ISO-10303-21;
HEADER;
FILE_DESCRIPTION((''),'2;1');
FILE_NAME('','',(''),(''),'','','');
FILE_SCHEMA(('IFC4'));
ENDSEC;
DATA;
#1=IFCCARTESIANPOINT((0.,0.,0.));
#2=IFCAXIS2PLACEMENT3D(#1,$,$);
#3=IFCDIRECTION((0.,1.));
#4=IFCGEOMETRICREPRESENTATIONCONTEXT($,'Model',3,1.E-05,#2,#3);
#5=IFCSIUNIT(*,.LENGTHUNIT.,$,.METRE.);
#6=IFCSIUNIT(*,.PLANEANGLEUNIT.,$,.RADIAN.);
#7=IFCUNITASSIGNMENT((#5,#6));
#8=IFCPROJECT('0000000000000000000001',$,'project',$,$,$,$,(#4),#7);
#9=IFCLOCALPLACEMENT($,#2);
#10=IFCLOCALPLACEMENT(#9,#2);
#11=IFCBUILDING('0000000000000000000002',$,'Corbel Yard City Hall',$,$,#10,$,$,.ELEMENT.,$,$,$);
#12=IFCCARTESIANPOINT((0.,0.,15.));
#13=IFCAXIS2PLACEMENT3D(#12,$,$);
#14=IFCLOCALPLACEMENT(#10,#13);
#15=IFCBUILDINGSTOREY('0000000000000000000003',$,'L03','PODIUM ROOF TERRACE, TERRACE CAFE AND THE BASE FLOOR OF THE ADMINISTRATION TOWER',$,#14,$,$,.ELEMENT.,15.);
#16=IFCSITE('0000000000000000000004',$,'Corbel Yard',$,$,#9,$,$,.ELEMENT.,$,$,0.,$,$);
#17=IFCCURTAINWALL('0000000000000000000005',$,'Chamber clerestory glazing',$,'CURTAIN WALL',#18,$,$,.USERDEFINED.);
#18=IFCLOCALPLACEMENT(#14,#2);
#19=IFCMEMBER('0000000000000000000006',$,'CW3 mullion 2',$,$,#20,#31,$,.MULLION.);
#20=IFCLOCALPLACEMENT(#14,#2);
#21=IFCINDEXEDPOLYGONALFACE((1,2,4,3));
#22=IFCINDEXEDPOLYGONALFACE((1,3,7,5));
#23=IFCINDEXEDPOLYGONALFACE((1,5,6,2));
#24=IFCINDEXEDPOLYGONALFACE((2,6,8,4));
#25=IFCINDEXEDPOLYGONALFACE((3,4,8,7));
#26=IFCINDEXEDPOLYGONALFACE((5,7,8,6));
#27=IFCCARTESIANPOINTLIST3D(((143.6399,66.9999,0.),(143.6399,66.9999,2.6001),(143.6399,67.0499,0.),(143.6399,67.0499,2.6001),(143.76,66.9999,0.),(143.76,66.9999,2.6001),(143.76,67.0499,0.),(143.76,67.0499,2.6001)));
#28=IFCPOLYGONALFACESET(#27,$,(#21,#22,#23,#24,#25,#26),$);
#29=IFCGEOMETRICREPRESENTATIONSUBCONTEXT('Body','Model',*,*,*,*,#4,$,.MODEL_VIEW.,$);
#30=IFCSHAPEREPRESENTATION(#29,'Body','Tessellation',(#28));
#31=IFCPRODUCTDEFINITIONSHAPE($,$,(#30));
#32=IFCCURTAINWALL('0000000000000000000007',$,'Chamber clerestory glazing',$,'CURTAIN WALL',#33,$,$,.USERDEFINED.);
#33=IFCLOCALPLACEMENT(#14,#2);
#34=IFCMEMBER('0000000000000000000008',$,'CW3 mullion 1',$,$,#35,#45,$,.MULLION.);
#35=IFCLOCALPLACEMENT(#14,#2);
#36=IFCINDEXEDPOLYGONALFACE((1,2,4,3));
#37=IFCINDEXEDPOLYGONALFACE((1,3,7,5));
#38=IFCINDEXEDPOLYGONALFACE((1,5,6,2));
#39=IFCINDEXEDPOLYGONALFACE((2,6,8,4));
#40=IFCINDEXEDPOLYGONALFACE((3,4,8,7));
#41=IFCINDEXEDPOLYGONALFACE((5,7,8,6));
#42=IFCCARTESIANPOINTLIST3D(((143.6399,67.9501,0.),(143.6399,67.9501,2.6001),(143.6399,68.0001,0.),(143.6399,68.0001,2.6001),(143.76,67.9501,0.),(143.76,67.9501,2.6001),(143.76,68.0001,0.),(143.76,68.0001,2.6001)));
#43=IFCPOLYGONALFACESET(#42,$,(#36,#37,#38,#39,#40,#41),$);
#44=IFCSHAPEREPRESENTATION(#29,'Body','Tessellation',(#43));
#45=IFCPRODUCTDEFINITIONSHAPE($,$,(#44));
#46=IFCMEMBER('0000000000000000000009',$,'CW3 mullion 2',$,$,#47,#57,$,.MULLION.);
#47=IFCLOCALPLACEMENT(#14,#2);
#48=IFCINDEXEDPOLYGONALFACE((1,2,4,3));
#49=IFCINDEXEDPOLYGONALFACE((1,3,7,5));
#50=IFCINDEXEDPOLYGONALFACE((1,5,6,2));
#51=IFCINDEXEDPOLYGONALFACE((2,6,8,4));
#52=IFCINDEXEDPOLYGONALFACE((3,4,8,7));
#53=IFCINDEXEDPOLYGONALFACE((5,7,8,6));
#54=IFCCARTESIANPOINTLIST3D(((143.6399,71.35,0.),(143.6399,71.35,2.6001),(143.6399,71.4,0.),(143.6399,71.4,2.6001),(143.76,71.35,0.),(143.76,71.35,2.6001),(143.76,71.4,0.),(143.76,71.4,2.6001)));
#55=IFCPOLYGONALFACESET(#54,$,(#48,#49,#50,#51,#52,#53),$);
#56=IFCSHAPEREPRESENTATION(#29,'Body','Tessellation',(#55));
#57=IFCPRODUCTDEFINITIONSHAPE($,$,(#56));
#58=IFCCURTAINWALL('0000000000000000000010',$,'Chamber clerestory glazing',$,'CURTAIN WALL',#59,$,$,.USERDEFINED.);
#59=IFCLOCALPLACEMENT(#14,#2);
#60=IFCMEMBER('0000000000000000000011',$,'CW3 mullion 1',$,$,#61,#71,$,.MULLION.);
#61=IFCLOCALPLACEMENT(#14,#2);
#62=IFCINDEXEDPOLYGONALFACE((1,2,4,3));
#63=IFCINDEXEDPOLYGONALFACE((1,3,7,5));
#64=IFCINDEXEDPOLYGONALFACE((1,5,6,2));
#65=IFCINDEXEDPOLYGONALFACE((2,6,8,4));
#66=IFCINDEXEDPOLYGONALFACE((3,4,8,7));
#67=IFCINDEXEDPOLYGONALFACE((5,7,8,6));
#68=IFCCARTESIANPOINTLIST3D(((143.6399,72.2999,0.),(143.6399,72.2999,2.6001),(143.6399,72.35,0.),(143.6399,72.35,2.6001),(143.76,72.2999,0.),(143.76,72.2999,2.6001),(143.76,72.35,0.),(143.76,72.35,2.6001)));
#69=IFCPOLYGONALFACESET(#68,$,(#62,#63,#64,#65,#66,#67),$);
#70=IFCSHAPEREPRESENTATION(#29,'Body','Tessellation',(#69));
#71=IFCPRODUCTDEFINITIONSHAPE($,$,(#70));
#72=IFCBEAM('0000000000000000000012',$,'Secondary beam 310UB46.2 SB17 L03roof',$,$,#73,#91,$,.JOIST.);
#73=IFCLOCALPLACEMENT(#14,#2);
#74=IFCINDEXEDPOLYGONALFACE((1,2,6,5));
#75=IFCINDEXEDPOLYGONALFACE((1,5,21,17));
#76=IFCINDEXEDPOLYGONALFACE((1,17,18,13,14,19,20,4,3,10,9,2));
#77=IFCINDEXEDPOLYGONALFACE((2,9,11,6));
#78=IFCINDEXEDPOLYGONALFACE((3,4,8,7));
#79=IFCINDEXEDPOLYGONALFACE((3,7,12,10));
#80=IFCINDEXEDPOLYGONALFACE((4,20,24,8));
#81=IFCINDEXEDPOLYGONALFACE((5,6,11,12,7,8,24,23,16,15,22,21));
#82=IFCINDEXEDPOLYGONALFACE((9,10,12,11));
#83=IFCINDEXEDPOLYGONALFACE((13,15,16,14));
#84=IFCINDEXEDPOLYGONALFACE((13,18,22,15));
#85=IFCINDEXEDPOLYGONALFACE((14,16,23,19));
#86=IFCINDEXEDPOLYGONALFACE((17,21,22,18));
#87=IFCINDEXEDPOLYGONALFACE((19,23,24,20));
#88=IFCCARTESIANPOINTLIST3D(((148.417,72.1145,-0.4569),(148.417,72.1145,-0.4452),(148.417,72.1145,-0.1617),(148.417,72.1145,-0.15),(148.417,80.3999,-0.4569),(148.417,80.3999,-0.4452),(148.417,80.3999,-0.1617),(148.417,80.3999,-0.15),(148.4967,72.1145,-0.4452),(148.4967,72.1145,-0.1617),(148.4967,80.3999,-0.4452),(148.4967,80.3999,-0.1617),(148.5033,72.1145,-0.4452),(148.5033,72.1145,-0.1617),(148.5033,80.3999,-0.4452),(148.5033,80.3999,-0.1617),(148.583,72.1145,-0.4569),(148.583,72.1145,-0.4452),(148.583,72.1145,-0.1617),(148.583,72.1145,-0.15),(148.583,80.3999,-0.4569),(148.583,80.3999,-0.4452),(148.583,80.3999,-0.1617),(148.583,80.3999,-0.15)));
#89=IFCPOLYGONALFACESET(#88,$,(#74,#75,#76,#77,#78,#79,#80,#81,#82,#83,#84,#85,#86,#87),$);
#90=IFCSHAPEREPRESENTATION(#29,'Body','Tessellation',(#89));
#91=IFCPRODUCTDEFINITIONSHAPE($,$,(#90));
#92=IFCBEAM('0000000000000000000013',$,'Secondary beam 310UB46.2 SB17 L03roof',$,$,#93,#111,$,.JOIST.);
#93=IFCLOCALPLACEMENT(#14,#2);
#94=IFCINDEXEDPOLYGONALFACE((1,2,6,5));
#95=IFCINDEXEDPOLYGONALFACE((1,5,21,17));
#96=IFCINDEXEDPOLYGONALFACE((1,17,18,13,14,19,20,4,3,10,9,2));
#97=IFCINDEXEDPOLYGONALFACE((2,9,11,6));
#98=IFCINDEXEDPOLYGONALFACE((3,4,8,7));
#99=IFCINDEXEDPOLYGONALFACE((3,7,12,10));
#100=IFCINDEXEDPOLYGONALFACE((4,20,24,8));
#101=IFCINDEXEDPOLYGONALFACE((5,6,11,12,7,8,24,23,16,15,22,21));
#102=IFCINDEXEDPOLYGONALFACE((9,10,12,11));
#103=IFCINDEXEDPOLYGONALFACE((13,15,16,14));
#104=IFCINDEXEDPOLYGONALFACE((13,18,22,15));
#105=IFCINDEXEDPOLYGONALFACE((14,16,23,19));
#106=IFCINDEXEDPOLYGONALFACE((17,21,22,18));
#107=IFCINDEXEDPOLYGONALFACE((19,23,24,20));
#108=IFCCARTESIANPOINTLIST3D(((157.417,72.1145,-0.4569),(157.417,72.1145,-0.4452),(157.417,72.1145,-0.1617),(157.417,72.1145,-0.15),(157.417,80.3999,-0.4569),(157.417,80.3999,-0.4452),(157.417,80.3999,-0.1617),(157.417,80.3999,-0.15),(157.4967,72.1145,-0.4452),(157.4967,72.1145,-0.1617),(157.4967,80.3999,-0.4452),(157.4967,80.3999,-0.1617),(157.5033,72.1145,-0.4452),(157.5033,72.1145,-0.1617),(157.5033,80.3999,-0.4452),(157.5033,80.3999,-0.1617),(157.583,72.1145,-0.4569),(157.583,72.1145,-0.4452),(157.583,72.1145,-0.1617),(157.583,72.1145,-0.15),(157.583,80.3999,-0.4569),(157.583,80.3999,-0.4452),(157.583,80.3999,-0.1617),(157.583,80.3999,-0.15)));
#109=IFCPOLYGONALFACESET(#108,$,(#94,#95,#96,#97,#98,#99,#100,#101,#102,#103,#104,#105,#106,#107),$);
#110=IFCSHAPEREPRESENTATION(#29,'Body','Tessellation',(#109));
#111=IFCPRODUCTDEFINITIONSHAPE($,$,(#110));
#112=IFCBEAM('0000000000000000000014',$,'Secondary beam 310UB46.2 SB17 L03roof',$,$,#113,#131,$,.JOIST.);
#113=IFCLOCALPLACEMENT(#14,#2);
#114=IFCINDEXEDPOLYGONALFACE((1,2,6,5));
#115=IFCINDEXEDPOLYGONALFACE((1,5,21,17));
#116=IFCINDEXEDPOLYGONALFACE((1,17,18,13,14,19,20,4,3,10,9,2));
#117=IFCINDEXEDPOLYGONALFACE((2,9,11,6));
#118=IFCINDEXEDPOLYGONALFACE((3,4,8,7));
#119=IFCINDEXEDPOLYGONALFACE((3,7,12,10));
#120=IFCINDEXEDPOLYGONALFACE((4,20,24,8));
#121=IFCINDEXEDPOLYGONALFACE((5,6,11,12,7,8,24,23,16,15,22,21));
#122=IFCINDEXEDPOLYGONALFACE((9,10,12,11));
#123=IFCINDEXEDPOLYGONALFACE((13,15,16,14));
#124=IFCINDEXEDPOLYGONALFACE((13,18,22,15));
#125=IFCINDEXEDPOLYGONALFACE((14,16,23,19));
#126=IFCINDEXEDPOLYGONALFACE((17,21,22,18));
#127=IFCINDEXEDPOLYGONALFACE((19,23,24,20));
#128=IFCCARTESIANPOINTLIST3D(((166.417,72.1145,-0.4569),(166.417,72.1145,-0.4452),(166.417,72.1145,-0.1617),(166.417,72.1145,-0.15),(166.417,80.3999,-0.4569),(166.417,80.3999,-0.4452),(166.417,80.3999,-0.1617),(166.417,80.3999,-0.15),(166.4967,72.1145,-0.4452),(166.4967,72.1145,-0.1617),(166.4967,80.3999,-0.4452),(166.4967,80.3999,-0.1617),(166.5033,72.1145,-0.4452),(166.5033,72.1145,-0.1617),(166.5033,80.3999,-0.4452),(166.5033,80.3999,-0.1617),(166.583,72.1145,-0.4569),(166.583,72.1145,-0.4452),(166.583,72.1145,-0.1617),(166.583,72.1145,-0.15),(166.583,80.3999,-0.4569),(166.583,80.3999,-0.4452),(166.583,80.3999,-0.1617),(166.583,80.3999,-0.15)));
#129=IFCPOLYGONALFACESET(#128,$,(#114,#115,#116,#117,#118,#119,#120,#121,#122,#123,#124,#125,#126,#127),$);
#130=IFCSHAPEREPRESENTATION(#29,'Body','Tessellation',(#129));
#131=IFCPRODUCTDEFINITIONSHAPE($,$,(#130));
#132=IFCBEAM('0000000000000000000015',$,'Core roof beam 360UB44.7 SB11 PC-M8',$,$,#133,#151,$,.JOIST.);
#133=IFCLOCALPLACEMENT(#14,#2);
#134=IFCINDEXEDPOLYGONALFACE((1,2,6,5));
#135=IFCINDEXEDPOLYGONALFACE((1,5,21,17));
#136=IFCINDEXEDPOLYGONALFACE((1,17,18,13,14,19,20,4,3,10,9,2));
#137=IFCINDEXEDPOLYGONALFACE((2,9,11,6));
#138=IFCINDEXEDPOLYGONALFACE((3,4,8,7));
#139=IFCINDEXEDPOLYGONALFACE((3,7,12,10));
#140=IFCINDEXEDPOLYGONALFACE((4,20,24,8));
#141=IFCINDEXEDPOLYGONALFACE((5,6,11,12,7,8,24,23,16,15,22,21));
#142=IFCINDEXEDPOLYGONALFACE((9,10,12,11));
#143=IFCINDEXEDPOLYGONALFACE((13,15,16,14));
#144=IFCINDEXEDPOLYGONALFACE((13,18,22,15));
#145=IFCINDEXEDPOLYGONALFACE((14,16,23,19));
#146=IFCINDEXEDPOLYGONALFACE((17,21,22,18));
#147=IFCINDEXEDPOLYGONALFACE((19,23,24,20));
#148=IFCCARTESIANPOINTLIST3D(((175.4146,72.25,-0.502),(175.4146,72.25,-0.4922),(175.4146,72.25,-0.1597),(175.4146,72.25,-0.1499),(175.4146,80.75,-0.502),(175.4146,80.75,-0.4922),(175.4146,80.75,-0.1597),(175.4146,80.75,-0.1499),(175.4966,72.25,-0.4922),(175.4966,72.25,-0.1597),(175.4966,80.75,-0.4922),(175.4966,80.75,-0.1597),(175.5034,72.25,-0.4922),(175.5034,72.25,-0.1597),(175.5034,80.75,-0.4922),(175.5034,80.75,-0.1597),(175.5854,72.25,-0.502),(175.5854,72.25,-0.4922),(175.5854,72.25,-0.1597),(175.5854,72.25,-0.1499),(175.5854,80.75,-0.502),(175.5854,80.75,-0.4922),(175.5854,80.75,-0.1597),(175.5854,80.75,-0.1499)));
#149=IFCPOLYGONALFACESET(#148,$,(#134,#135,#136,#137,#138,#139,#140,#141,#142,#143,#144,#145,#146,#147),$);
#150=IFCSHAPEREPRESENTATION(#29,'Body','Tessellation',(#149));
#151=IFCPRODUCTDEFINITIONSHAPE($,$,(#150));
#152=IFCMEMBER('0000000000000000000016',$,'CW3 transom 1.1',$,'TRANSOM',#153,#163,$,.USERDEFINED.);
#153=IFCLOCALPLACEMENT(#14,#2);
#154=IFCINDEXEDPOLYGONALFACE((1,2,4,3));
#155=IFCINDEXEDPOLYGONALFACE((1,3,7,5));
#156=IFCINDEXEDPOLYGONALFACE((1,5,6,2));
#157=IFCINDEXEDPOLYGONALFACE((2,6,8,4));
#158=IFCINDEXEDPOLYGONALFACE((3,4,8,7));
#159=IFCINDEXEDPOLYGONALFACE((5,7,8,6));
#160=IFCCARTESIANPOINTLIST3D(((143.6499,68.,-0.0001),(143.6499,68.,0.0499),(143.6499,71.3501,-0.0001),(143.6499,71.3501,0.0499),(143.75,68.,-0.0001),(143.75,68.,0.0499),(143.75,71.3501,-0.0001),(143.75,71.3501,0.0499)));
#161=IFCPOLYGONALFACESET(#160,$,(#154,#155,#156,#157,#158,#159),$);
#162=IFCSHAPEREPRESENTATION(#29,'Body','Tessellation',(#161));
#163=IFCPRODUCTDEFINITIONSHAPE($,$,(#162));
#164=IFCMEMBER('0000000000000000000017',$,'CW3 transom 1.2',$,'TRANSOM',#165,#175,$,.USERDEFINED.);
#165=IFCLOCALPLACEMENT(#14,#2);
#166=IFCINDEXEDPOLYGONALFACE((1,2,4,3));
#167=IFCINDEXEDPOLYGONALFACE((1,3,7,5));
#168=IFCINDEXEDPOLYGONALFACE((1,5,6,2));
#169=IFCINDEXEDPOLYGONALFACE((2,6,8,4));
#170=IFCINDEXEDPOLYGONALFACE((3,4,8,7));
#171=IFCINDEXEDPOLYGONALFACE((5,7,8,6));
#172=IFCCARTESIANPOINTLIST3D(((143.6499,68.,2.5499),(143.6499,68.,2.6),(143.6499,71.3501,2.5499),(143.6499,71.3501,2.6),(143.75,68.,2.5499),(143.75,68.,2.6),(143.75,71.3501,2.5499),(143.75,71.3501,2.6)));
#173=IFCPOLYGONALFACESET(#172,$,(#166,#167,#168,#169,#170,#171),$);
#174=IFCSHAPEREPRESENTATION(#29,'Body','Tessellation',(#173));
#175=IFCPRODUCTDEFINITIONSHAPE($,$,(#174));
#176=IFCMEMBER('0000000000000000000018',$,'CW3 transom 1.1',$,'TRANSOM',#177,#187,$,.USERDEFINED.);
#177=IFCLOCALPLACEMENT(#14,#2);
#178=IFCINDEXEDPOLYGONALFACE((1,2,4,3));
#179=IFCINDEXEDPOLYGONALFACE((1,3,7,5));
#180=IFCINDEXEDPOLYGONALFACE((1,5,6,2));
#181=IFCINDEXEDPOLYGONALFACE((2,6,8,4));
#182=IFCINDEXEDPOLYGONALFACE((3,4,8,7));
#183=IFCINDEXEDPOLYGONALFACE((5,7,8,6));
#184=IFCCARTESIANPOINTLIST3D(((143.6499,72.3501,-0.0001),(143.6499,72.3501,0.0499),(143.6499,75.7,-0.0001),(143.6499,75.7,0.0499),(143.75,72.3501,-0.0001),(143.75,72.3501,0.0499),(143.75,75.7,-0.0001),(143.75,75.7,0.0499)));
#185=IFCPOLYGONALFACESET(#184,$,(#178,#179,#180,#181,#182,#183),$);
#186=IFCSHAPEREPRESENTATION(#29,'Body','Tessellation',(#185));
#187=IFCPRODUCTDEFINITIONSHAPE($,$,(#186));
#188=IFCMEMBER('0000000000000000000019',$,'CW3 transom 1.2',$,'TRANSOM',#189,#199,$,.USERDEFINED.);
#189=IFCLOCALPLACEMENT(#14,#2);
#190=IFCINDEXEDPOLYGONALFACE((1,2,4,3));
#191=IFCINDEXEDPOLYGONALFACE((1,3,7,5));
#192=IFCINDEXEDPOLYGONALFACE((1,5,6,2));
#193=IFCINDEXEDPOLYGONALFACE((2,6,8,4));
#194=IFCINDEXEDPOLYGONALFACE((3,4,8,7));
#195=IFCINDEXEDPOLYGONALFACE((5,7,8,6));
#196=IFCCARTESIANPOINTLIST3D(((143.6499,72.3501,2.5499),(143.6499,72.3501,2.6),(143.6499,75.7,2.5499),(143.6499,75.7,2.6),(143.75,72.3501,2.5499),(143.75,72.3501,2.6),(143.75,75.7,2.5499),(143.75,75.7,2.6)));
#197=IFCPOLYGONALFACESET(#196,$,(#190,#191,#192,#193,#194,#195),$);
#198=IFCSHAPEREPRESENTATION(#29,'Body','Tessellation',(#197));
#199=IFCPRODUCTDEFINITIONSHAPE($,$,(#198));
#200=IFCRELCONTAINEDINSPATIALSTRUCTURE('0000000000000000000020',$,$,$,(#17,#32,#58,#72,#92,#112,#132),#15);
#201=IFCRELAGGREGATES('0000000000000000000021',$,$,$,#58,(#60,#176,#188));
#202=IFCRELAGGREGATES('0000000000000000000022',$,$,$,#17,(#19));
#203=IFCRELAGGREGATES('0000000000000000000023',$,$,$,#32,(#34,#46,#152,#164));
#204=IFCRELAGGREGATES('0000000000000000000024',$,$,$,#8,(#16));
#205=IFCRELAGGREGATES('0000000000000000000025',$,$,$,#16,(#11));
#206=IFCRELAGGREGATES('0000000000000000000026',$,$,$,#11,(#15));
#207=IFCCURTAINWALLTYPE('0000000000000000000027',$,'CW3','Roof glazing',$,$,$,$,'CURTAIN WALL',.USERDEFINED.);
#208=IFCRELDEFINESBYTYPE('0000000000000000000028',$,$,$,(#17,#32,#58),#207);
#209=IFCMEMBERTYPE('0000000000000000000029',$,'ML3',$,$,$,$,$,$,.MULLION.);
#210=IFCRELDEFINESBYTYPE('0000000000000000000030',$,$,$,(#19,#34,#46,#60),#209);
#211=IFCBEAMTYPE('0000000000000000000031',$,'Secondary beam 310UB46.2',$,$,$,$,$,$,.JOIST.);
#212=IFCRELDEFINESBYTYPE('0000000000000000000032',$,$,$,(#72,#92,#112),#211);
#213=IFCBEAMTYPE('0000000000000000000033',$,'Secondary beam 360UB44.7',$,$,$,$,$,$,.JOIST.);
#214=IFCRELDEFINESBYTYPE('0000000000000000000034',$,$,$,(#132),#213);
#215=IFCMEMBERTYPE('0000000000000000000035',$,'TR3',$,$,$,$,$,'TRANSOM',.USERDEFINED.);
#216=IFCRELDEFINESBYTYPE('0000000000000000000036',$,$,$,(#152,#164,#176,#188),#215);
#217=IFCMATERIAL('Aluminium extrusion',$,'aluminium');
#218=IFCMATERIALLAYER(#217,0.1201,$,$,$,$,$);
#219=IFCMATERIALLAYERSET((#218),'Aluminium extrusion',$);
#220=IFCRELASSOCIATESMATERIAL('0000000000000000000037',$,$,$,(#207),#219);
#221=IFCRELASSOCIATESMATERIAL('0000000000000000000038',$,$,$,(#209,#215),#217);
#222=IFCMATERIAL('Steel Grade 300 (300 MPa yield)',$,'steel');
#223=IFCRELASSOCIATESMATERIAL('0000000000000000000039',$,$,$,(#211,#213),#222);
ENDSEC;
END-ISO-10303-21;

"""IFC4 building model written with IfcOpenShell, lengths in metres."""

from ifc_helpers import new_model, si_unit, direction, frame, origin, origin_2d, place, context, subcontext, project, spatial, rectangle, i_section, extrude, material, layer, layer_set, material_profile, profile_set, type_object, element, aggregate, save


model = new_model("IFC4")

# Units and contexts
model_context = context("Model", 3, precision=1e-05, world=origin(), true_north=direction((0.0, 1.0)))
body_context = subcontext(model_context, "Body", "Model", "MODEL_VIEW")
ifc_project = project(units=[si_unit("LENGTHUNIT", "METRE"), si_unit("PLANEANGLEUNIT", "RADIAN")], contexts=[model_context])

# Site, building, storey
site_placement = place(None, origin())
site = spatial("IfcSite", under=ifc_project, at=site_placement, Name="Corbel Yard", CompositionType="ELEMENT", RefElevation=0.0)
building_placement = place(site_placement, origin())
building = spatial("IfcBuilding", under=site, at=building_placement, Name="Corbel Yard City Hall", CompositionType="ELEMENT")
storey_placement = place(building_placement, frame((0.0, 0.0, 15.0)))
storey = spatial("IfcBuildingStorey", under=building, at=storey_placement, Name="L03", Description="PODIUM ROOF TERRACE, TERRACE CAFE AND THE BASE FLOOR OF THE ADMINISTRATION TOWER", CompositionType="ELEMENT", Elevation=15.0)

# Shared definitions
ifc_material_1 = material(Name="Steel Grade 300 (300 MPa yield)", Category="steel")

# Curtain wall, member
ifc_material_2 = material(Name="Aluminium extrusion", Category="aluminium")
ifc_layer_1 = layer(ifc_material_2, 0.1201)
ifc_layer_set_1 = layer_set([ifc_layer_1], Name="Aluminium extrusion")
curtain_wall_type = type_object("IfcCurtainWallType", Name="CW3", Description="Roof glazing", ElementType="CURTAIN WALL", PredefinedType="USERDEFINED", material=ifc_layer_set_1)
curtain_wall_1_placement = place(storey_placement, origin())
curtain_wall_1 = element("IfcCurtainWall", 1, at=curtain_wall_1_placement, inside=storey, type_object=curtain_wall_type, Name="Chamber clerestory glazing", ObjectType="CURTAIN WALL", PredefinedType="USERDEFINED")
ifc_material_profile_1 = material_profile(ifc_material_2, rectangle(XDim=0.1201, YDim=0.05, at=origin_2d()), Name="120x50")
ifc_profile_set_1 = profile_set([ifc_material_profile_1], Name="Aluminium extrusion")
member_type_1 = type_object("IfcMemberType", Name="ML3", PredefinedType="MULLION", material=ifc_profile_set_1)
member_1_placement = place(storey_placement, frame((143.7, 67.0249, 0.0), z_axis=(0.0, 0.0, 1.0), x_axis=(-1.0, 0.0, 0.0)))
member_1 = element("IfcMember", 2, at=member_1_placement, type_object=member_type_1, Name="CW3 mullion 2", PredefinedType="MULLION", context=body_context, shape_type="SweptSolid", body=[
    extrude(rectangle(XDim=0.1201, YDim=0.05, at=origin_2d()), origin(), (0.0, 0.0, 1.0), 2.6001),
])

# Curtain wall, members
curtain_wall_2_placement = place(storey_placement, origin())
curtain_wall_2 = element("IfcCurtainWall", 3, at=curtain_wall_2_placement, inside=storey, type_object=curtain_wall_type, Name="Chamber clerestory glazing", ObjectType="CURTAIN WALL", PredefinedType="USERDEFINED")
member_2_placement = place(storey_placement, frame((143.7, 67.9751, 0.0), z_axis=(0.0, 0.0, 1.0), x_axis=(-1.0, 0.0, 0.0)))
member_2 = element("IfcMember", 4, at=member_2_placement, type_object=member_type_1, Name="CW3 mullion 1", PredefinedType="MULLION", context=body_context, shape_type="SweptSolid", body=[
    extrude(rectangle(XDim=0.1201, YDim=0.05, at=origin_2d()), origin(), (0.0, 0.0, 1.0), 2.6001),
])
member_3_placement = place(storey_placement, frame((143.7, 71.375, 0.0), z_axis=(0.0, 0.0, 1.0), x_axis=(-1.0, 0.0, 0.0)))
member_3 = element("IfcMember", 5, at=member_3_placement, type_object=member_type_1, Name="CW3 mullion 2", PredefinedType="MULLION", context=body_context, shape_type="SweptSolid", body=[
    extrude(rectangle(XDim=0.1201, YDim=0.05, at=origin_2d()), origin(), (0.0, 0.0, 1.0), 2.6001),
])

# Curtain wall, member
curtain_wall_3_placement = place(storey_placement, origin())
curtain_wall_3 = element("IfcCurtainWall", 6, at=curtain_wall_3_placement, inside=storey, type_object=curtain_wall_type, Name="Chamber clerestory glazing", ObjectType="CURTAIN WALL", PredefinedType="USERDEFINED")
member_4_placement = place(storey_placement, frame((143.7, 72.325, 0.0), z_axis=(0.0, 0.0, 1.0), x_axis=(-1.0, 0.0, 0.0)))
member_4 = element("IfcMember", 7, at=member_4_placement, type_object=member_type_1, Name="CW3 mullion 1", PredefinedType="MULLION", context=body_context, shape_type="SweptSolid", body=[
    extrude(rectangle(XDim=0.1201, YDim=0.05, at=origin_2d()), origin(), (0.0, 0.0, 1.0), 2.6001),
])

# Beams
ifc_material_profile_2 = material_profile(ifc_material_1, i_section(OverallWidth=0.166, OverallDepth=0.3069, WebThickness=0.0066, FlangeThickness=0.0117, at=origin_2d()), Name="310UB46.2")
ifc_profile_set_2 = profile_set([ifc_material_profile_2], Name="Steel Grade 300 (300 MPa yield)")
beam_type_1 = type_object("IfcBeamType", Name="Secondary beam 310UB46.2", PredefinedType="JOIST", material=ifc_profile_set_2)
for number, where, z_axis, x_axis, name in (
    (8, (148.5, 72.1145, -0.3035), (0.0, 1.0, 0.0), (-1.0, 0.0, 0.0), "Secondary beam 310UB46.2 SB17 L03roof"),
    (9, (157.5, 72.1145, -0.3035), (0.0, 1.0, 0.0), (-1.0, 0.0, 0.0), "Secondary beam 310UB46.2 SB17 L03roof"),
    (10, (166.5, 72.1145, -0.3035), (0.0, 1.0, 0.0), (-1.0, 0.0, 0.0), "Secondary beam 310UB46.2 SB17 L03roof"),
):
    element("IfcBeam", number, at=place(storey_placement, frame(where, z_axis=z_axis, x_axis=x_axis)), inside=storey, type_object=beam_type_1, Name=name, PredefinedType="JOIST", context=body_context, shape_type="SweptSolid", body=[
        extrude(i_section(OverallWidth=0.166, OverallDepth=0.3069, WebThickness=0.0066, FlangeThickness=0.0117, at=origin_2d()), origin(), (0.0, 0.0, 1.0), 8.2854),
    ])
ifc_material_profile_3 = material_profile(ifc_material_1, i_section(OverallWidth=0.1709, OverallDepth=0.3521, WebThickness=0.0068, FlangeThickness=0.0098, at=origin_2d()), Name="360UB44.7")
ifc_profile_set_3 = profile_set([ifc_material_profile_3], Name="Steel Grade 300 (300 MPa yield)")
beam_type_2 = type_object("IfcBeamType", Name="Secondary beam 360UB44.7", PredefinedType="JOIST", material=ifc_profile_set_3)
beam_1_placement = place(storey_placement, frame((175.5, 72.25, -0.3259), z_axis=(0.0, 1.0, 0.0), x_axis=(-1.0, 0.0, 0.0)))
element("IfcBeam", 11, at=beam_1_placement, inside=storey, type_object=beam_type_2, Name="Core roof beam 360UB44.7 SB11 PC-M8", PredefinedType="JOIST", context=body_context, shape_type="SweptSolid", body=[
    extrude(i_section(OverallWidth=0.1709, OverallDepth=0.3521, WebThickness=0.0068, FlangeThickness=0.0098, at=origin_2d()), origin(), (0.0, 0.0, 1.0), 8.5),
])

# Members
ifc_material_profile_4 = material_profile(ifc_material_2, rectangle(XDim=0.1001, YDim=0.05, at=origin_2d()), Name="100x50")
ifc_profile_set_4 = profile_set([ifc_material_profile_4], Name="Aluminium extrusion")
member_type_2 = type_object("IfcMemberType", Name="TR3", ElementType="TRANSOM", PredefinedType="USERDEFINED", material=ifc_profile_set_4)
member_5_placement = place(storey_placement, frame((143.7, 68.0, 0.0249), z_axis=(0.0, 1.0, 0.0), x_axis=(-1.0, 0.0, 0.0)))
member_5 = element("IfcMember", 12, at=member_5_placement, type_object=member_type_2, Name="CW3 transom 1.1", ObjectType="TRANSOM", PredefinedType="USERDEFINED", context=body_context, shape_type="SweptSolid", body=[
    extrude(rectangle(XDim=0.1001, YDim=0.05, at=origin_2d()), origin(), (0.0, 0.0, 1.0), 3.3501),
])
member_6_placement = place(storey_placement, frame((143.7, 68.0, 2.575), z_axis=(0.0, 1.0, 0.0), x_axis=(-1.0, 0.0, 0.0)))
member_6 = element("IfcMember", 13, at=member_6_placement, type_object=member_type_2, Name="CW3 transom 1.2", ObjectType="TRANSOM", PredefinedType="USERDEFINED", context=body_context, shape_type="SweptSolid", body=[
    extrude(rectangle(XDim=0.1001, YDim=0.05, at=origin_2d()), origin(), (0.0, 0.0, 1.0), 3.3501),
])
member_7_placement = place(storey_placement, frame((143.7, 72.3501, 0.0249), z_axis=(0.0, 1.0, 0.0), x_axis=(-1.0, 0.0, 0.0)))
member_7 = element("IfcMember", 14, at=member_7_placement, type_object=member_type_2, Name="CW3 transom 1.1", ObjectType="TRANSOM", PredefinedType="USERDEFINED", context=body_context, shape_type="SweptSolid", body=[
    extrude(rectangle(XDim=0.1001, YDim=0.05, at=origin_2d()), origin(), (0.0, 0.0, 1.0), 3.3499),
])
member_8_placement = place(storey_placement, frame((143.7, 72.3501, 2.575), z_axis=(0.0, 1.0, 0.0), x_axis=(-1.0, 0.0, 0.0)))
member_8 = element("IfcMember", 15, at=member_8_placement, type_object=member_type_2, Name="CW3 transom 1.2", ObjectType="TRANSOM", PredefinedType="USERDEFINED", context=body_context, shape_type="SweptSolid", body=[
    extrude(rectangle(XDim=0.1001, YDim=0.05, at=origin_2d()), origin(), (0.0, 0.0, 1.0), 3.3499),
])
aggregate(curtain_wall_3, [member_4, member_7, member_8])

aggregate(curtain_wall_1, [member_1])
aggregate(curtain_wall_2, [member_2, member_3, member_5, member_6])

save(model, "model.ifc")
